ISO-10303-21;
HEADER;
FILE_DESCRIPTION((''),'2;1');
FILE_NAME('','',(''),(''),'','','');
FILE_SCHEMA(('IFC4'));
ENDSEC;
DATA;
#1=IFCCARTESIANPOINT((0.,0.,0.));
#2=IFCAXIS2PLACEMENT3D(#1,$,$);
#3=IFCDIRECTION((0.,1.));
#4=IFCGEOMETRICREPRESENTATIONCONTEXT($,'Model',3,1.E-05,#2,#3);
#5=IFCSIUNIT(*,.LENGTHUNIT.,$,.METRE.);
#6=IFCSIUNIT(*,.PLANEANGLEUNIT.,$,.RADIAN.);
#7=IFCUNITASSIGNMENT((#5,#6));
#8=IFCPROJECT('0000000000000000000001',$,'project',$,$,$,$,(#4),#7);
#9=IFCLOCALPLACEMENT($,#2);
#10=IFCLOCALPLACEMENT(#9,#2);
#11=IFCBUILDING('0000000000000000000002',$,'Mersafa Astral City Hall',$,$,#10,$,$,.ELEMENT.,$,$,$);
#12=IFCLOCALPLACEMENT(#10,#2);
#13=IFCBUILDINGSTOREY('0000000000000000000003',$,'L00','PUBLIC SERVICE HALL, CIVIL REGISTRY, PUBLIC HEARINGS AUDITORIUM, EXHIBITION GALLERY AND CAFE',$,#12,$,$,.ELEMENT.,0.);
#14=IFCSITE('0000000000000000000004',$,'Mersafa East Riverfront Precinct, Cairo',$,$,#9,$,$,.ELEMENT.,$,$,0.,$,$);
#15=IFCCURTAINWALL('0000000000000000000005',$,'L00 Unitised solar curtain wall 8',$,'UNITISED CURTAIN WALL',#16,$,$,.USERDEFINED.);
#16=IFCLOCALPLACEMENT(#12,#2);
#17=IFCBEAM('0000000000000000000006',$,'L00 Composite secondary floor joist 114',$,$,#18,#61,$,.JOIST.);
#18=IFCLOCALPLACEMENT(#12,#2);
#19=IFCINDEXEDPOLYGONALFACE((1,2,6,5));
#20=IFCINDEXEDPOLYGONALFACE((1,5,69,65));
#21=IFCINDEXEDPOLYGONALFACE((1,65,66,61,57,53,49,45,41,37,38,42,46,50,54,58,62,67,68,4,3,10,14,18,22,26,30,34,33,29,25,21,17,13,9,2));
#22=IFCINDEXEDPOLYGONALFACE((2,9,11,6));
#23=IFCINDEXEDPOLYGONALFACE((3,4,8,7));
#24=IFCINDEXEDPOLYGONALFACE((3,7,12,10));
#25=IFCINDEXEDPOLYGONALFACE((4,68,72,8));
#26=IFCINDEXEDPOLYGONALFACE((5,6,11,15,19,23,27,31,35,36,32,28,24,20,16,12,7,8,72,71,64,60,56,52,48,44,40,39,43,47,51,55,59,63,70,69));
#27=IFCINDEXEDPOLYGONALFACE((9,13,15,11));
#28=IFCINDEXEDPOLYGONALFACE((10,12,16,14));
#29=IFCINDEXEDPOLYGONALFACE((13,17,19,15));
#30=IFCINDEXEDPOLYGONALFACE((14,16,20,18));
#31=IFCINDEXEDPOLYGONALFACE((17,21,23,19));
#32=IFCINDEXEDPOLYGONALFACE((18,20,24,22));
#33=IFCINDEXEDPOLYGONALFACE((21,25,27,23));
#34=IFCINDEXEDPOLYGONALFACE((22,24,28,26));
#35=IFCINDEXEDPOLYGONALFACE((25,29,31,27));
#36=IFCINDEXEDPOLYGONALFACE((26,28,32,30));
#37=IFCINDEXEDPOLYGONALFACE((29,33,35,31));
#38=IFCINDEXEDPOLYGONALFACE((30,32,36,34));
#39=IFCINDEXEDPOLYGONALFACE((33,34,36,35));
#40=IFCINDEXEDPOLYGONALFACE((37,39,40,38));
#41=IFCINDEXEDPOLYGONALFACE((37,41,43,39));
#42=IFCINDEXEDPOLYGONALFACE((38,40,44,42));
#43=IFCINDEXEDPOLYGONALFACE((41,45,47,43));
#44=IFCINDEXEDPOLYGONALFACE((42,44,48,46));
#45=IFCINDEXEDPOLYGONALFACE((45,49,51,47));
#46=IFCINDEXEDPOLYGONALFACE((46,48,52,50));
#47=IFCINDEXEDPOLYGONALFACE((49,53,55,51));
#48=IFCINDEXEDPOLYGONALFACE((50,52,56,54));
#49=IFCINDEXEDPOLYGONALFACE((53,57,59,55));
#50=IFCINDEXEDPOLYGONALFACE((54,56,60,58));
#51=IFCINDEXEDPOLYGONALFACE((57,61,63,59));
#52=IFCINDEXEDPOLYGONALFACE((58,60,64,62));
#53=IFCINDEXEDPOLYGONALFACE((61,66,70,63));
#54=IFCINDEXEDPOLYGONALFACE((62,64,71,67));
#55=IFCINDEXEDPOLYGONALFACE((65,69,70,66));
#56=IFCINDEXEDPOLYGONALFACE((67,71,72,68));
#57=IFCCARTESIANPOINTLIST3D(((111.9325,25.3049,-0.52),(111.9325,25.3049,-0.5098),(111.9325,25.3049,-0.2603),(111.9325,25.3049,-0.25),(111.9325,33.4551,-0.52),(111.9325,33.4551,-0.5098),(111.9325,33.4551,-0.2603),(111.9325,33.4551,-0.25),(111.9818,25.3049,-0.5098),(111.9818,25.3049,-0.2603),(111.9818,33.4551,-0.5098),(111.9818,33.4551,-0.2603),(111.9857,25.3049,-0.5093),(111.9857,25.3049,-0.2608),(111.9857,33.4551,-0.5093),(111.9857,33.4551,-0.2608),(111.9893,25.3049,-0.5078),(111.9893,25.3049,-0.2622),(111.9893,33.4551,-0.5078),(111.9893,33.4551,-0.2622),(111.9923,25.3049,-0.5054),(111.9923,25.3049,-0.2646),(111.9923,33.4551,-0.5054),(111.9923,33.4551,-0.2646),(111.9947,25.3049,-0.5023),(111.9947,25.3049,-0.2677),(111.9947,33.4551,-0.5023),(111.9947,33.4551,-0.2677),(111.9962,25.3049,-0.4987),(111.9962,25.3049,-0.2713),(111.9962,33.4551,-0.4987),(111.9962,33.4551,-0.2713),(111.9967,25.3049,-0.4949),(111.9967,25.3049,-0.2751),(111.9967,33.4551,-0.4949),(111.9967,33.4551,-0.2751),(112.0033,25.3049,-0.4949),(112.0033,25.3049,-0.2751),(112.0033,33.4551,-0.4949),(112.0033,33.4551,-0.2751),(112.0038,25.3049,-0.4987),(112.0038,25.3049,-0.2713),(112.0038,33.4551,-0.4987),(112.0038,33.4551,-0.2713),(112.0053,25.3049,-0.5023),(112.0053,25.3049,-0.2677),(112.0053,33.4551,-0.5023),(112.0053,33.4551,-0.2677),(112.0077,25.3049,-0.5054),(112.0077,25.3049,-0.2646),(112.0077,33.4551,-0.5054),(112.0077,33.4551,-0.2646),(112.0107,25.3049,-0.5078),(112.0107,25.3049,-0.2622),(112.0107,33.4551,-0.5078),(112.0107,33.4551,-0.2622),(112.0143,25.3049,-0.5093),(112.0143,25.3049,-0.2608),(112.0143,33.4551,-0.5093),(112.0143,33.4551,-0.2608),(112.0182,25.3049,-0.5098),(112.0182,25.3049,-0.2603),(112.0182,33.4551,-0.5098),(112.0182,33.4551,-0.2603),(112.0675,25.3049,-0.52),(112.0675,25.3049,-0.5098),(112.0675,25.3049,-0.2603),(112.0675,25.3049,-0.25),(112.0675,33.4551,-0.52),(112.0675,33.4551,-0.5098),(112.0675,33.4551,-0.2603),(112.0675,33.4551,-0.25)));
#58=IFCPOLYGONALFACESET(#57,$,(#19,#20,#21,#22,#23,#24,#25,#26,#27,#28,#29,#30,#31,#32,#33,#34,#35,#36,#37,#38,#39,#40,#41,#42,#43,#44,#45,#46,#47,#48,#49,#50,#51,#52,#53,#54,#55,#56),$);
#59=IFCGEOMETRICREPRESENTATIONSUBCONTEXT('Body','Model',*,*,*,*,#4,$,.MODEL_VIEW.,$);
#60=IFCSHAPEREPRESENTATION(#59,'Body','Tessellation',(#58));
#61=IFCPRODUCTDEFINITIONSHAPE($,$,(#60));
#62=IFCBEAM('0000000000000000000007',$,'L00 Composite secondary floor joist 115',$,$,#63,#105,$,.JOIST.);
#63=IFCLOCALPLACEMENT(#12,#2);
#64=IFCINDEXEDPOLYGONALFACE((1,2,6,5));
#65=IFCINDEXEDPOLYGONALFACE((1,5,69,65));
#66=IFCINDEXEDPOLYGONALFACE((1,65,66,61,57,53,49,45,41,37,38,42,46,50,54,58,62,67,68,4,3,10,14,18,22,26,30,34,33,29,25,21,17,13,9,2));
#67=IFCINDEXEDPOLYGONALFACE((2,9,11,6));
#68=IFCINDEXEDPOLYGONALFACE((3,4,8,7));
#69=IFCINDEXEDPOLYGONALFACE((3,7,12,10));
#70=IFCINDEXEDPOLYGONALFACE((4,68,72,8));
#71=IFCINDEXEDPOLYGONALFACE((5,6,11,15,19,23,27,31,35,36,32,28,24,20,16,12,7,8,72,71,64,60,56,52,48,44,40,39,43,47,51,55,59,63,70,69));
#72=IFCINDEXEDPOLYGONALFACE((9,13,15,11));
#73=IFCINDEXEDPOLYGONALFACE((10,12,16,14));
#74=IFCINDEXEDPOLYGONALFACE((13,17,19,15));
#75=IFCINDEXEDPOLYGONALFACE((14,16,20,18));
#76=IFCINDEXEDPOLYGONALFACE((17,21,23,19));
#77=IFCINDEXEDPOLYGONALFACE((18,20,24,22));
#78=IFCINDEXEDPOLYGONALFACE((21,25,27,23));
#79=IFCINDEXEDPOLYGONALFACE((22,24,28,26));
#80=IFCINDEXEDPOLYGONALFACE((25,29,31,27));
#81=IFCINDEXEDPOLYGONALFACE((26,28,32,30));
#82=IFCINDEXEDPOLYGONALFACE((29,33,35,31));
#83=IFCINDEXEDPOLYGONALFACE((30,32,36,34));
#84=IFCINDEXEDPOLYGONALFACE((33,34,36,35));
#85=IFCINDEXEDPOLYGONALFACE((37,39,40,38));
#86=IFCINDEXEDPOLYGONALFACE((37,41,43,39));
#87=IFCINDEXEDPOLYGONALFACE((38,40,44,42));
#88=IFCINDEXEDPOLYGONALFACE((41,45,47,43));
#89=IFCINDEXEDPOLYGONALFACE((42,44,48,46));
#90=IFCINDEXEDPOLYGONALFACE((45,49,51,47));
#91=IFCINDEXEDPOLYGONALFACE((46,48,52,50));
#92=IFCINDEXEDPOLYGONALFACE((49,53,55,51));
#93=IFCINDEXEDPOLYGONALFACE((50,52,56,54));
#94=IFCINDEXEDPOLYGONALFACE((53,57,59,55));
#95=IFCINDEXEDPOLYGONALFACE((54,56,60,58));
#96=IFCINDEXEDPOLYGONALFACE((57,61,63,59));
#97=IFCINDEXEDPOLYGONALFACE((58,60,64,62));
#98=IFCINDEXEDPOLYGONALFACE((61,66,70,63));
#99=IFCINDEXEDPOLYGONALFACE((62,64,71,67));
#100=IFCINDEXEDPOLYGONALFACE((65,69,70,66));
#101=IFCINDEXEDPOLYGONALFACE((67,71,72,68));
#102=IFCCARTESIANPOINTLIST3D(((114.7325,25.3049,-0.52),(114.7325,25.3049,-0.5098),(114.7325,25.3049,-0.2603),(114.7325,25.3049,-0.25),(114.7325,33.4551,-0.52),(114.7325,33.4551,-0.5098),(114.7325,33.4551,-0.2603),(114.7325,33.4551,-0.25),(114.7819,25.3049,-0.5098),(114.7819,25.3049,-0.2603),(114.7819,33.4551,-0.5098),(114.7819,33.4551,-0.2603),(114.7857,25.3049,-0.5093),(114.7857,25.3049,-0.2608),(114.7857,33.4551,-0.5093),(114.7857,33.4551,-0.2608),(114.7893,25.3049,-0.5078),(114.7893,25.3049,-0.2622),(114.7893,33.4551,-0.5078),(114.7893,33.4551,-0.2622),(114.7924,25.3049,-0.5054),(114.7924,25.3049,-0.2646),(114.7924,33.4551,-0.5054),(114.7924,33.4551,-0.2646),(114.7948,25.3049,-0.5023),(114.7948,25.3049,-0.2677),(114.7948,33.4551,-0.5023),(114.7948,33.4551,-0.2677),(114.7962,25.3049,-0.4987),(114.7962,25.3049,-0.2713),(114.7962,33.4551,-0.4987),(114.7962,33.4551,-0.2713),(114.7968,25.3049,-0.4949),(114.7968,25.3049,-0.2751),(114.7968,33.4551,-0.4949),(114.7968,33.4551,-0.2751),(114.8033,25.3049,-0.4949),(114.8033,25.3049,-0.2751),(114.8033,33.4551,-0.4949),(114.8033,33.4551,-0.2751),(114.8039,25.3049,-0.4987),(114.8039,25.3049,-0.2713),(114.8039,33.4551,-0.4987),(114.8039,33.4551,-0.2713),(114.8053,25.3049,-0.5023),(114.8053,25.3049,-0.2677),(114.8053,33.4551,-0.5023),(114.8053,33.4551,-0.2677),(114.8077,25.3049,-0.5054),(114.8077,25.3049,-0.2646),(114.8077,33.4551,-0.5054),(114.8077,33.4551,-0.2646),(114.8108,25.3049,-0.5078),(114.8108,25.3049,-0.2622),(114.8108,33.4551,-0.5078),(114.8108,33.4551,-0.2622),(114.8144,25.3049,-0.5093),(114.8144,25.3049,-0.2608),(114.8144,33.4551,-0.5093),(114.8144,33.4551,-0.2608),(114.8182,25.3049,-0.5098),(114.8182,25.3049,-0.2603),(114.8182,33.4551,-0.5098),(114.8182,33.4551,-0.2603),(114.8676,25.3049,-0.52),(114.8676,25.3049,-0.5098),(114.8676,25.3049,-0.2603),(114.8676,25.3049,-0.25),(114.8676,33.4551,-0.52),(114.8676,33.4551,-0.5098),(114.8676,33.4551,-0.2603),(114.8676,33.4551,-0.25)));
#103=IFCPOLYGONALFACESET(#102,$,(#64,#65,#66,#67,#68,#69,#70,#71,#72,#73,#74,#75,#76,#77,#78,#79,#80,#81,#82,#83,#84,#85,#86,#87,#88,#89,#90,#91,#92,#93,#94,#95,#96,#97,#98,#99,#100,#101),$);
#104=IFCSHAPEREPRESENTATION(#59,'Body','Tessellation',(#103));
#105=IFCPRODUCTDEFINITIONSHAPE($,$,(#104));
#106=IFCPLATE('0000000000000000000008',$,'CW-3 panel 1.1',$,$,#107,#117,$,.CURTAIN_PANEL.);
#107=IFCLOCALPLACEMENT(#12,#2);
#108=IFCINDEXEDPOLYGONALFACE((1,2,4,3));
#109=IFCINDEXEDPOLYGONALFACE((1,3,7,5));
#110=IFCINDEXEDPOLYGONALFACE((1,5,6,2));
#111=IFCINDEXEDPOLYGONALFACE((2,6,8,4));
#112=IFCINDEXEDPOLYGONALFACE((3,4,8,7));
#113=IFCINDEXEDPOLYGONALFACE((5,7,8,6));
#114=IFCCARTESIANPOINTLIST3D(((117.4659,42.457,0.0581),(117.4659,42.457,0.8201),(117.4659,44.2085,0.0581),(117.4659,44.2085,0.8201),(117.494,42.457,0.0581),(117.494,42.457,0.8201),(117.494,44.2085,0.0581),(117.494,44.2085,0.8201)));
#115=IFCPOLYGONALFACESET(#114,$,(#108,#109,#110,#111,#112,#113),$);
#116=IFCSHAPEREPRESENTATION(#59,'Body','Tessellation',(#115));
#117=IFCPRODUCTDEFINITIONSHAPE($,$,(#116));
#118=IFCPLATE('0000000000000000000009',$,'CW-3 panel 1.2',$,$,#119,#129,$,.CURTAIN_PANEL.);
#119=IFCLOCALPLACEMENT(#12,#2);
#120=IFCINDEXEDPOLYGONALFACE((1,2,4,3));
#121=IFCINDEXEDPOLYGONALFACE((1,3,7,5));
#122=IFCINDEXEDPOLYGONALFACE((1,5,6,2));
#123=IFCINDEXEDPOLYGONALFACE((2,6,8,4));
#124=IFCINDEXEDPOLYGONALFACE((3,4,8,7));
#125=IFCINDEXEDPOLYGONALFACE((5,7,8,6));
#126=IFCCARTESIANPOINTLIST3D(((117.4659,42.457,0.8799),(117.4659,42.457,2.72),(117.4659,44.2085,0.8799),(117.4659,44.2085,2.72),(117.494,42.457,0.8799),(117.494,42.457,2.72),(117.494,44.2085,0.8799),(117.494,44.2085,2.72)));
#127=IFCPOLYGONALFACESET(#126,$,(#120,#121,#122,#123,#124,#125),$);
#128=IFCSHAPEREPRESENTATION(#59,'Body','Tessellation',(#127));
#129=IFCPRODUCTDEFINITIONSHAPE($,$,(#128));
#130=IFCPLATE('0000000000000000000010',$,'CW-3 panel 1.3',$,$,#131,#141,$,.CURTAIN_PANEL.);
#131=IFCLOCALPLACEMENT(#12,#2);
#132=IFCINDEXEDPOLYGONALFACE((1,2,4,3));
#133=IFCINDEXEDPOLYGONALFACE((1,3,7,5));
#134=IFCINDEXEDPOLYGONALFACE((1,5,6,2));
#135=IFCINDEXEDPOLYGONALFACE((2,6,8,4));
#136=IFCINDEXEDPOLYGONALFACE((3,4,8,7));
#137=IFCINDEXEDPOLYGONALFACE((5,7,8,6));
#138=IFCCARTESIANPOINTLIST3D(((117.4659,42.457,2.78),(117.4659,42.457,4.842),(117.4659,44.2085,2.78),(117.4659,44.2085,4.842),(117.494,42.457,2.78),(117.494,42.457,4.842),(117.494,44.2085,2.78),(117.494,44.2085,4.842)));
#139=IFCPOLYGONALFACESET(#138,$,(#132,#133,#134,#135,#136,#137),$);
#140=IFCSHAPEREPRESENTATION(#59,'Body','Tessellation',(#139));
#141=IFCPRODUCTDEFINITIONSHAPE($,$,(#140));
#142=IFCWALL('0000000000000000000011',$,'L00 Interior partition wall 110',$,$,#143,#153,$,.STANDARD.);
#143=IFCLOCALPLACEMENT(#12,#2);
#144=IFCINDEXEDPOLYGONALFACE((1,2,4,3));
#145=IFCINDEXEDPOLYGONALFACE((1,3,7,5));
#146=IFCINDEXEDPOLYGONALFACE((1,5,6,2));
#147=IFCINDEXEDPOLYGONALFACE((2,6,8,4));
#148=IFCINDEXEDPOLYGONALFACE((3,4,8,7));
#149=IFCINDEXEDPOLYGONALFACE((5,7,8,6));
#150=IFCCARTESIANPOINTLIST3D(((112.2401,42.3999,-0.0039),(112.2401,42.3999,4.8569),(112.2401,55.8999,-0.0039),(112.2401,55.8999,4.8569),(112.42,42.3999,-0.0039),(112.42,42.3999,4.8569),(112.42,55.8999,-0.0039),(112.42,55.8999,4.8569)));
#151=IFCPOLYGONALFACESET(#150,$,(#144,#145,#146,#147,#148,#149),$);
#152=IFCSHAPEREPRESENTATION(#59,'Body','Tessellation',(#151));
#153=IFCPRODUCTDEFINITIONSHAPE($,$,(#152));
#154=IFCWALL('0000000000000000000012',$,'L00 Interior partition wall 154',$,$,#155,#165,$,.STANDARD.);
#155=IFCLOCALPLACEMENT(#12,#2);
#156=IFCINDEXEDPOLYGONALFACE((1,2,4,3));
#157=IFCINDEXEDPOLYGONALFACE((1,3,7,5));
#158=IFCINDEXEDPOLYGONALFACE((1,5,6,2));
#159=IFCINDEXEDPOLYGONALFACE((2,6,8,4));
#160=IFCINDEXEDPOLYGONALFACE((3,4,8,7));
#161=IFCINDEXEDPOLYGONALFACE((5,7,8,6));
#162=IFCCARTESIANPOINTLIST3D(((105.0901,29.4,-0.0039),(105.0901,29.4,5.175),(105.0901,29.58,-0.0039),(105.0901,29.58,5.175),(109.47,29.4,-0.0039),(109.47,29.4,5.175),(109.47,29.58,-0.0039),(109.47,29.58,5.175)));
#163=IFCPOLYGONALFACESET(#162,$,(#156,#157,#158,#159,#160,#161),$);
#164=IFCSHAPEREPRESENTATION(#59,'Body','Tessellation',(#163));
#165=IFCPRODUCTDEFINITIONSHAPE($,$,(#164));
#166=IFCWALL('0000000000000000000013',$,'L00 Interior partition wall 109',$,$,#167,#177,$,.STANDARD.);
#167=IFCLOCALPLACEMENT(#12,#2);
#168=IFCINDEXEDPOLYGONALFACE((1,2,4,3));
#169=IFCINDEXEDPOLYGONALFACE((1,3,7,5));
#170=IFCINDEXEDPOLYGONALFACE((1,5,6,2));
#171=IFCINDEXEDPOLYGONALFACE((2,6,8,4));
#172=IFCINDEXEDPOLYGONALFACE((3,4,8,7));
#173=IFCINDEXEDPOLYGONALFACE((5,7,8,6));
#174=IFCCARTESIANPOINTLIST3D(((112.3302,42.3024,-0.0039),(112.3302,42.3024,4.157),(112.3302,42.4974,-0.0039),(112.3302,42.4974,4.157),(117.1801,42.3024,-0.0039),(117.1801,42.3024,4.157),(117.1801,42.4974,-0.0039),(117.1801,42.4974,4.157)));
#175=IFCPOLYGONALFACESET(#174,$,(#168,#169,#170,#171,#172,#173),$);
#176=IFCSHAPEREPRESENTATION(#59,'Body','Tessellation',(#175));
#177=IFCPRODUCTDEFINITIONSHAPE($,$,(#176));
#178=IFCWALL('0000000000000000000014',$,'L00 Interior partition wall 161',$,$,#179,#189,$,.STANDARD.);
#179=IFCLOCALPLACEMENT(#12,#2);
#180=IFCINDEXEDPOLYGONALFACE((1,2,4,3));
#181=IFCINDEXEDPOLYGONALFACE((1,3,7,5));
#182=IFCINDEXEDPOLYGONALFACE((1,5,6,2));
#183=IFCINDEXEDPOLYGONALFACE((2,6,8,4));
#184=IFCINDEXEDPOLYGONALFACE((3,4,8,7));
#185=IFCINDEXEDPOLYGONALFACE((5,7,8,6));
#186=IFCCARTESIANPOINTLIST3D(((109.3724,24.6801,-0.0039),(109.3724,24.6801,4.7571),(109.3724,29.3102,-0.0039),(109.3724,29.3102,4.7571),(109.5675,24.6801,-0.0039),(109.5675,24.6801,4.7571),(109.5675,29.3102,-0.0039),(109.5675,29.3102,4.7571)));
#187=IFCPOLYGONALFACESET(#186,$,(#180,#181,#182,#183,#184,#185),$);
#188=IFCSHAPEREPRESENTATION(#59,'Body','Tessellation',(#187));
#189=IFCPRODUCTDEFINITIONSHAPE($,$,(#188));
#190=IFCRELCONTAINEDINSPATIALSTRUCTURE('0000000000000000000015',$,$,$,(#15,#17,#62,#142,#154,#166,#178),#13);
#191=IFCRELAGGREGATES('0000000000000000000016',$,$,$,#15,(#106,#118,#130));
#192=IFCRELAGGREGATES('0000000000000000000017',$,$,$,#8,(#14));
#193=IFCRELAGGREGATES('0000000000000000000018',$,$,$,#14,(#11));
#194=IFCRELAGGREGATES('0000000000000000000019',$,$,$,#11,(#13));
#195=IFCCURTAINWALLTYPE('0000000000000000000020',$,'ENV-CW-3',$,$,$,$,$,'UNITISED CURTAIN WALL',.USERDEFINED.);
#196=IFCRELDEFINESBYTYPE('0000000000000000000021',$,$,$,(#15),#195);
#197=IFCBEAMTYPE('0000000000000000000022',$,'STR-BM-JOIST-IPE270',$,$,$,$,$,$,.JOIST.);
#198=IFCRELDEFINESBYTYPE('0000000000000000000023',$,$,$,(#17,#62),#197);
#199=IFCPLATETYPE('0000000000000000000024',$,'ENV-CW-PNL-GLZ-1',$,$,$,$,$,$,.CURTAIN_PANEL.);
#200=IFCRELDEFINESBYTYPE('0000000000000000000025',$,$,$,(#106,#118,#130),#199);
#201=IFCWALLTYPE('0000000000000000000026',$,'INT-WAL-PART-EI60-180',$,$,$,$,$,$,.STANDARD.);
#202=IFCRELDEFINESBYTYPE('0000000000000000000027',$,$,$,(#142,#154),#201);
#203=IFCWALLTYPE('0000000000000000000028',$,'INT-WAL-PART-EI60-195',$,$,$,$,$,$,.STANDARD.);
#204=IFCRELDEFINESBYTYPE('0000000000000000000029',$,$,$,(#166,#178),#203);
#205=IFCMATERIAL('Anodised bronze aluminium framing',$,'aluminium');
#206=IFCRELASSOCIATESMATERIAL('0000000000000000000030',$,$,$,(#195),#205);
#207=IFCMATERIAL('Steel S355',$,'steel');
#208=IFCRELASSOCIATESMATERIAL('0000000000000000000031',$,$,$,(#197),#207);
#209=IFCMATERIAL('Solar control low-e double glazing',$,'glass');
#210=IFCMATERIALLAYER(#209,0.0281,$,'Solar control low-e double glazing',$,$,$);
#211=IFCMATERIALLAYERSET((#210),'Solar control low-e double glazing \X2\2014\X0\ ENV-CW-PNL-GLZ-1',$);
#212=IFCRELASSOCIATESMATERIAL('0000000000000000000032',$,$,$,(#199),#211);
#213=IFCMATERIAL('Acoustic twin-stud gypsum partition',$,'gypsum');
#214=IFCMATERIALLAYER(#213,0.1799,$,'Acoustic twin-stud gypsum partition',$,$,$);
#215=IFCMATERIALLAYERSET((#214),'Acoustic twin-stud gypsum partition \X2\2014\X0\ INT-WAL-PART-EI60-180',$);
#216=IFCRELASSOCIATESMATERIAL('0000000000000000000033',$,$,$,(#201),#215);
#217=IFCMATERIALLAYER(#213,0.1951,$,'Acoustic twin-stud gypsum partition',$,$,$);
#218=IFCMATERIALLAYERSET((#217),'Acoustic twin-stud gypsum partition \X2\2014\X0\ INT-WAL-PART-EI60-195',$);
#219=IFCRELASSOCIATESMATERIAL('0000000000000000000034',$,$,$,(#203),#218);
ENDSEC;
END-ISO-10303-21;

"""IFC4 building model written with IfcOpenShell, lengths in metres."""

from ifc_helpers import new_model, si_unit, direction, frame, frame_2d, origin, origin_2d, place, context, subcontext, project, spatial, rectangle, i_section, extrude, material, layer, layer_set, material_profile, profile_set, type_object, element, aggregate, save


model = new_model("IFC4")

# Units and contexts
model_context = context("Model", 3, precision=1e-05, world=origin(), true_north=direction((0.0, 1.0)))
body_context = subcontext(model_context, "Body", "Model", "MODEL_VIEW")
ifc_project = project(units=[si_unit("LENGTHUNIT", "METRE"), si_unit("PLANEANGLEUNIT", "RADIAN")], contexts=[model_context])

# Site, building, storey
site_placement = place(None, origin())
site = spatial("IfcSite", under=ifc_project, at=site_placement, Name="Mersafa East Riverfront Precinct, Cairo", CompositionType="ELEMENT", RefElevation=0.0)
building_placement = place(site_placement, origin())
building = spatial("IfcBuilding", under=site, at=building_placement, Name="Mersafa Astral City Hall", CompositionType="ELEMENT")
storey_placement = place(building_placement, origin())
storey = spatial("IfcBuildingStorey", under=building, at=storey_placement, Name="L00", Description="PUBLIC SERVICE HALL, CIVIL REGISTRY, PUBLIC HEARINGS AUDITORIUM, EXHIBITION GALLERY AND CAFE", CompositionType="ELEMENT", Elevation=0.0)

# Curtain wall
ifc_material_1 = material(Name="Anodised bronze aluminium framing", Category="aluminium")
curtain_wall_type = type_object("IfcCurtainWallType", Name="ENV-CW-3", ElementType="UNITISED CURTAIN WALL", PredefinedType="USERDEFINED", material=ifc_material_1)
curtain_wall_placement = place(storey_placement, origin())
curtain_wall = element("IfcCurtainWall", 1, at=curtain_wall_placement, inside=storey, type_object=curtain_wall_type, Name="L00 Unitised solar curtain wall 8", ObjectType="UNITISED CURTAIN WALL", PredefinedType="USERDEFINED")

# Beams
ifc_material_2 = material(Name="Steel S355", Category="steel")
ifc_material_profile_1 = material_profile(ifc_material_2, i_section(OverallWidth=0.135, OverallDepth=0.27, WebThickness=0.0066, FlangeThickness=0.0103, FilletRadius=0.0149, at=origin_2d()), Name="IPE 270")
ifc_profile_set_1 = profile_set([ifc_material_profile_1], Name="Steel S355")
beam_type_1 = type_object("IfcBeamType", Name="STR-BM-JOIST-IPE270", PredefinedType="JOIST", material=ifc_profile_set_1)
for number, where, z_axis, x_axis, name in (
    (2, (112.0, 25.3049, -0.385), (0.0, 1.0, 0.0), (-1.0, 0.0, 0.0), "L00 Composite secondary floor joist 114"),
    (3, (114.8, 25.3049, -0.385), (0.0, 1.0, 0.0), (-1.0, 0.0, 0.0), "L00 Composite secondary floor joist 115"),
):
    element("IfcBeam", number, at=place(storey_placement, frame(where, z_axis=z_axis, x_axis=x_axis)), inside=storey, type_object=beam_type_1, Name=name, PredefinedType="JOIST", context=body_context, shape_type="SweptSolid", body=[
        extrude(i_section(OverallWidth=0.135, OverallDepth=0.27, WebThickness=0.0066, FlangeThickness=0.0103, FilletRadius=0.0149, at=origin_2d()), origin(), (0.0, 0.0, 1.0), 8.1501),
    ])

# Plates
ifc_material_3 = material(Name="Solar control low-e double glazing", Category="glass")
ifc_layer_1 = layer(ifc_material_3, 0.0281, Name="Solar control low-e double glazing")
ifc_layer_set_1 = layer_set([ifc_layer_1], Name="Solar control low-e double glazing — ENV-CW-PNL-GLZ-1")
plate_type = type_object("IfcPlateType", Name="ENV-CW-PNL-GLZ-1", PredefinedType="CURTAIN_PANEL", material=ifc_layer_set_1)
plate_1_placement = place(storey_placement, frame((117.48, 43.3328, 0.0581), z_axis=(0.0, 0.0, 1.0), x_axis=(0.0, 1.0, 0.0)))
plate_1 = element("IfcPlate", 4, at=plate_1_placement, type_object=plate_type, Name="CW-3 panel 1.1", PredefinedType="CURTAIN_PANEL", context=body_context, shape_type="SweptSolid", body=[
    extrude(rectangle(XDim=1.7515, YDim=0.0281, at=origin_2d()), origin(), (0.0, 0.0, 1.0), 0.762),
])
plate_2_placement = place(storey_placement, frame((117.48, 43.3328, 0.8799), z_axis=(0.0, 0.0, 1.0), x_axis=(0.0, 1.0, 0.0)))
plate_2 = element("IfcPlate", 5, at=plate_2_placement, type_object=plate_type, Name="CW-3 panel 1.2", PredefinedType="CURTAIN_PANEL", context=body_context, shape_type="SweptSolid", body=[
    extrude(rectangle(XDim=1.7515, YDim=0.0281, at=origin_2d()), origin(), (0.0, 0.0, 1.0), 1.8401),
])
plate_3_placement = place(storey_placement, frame((117.48, 43.3328, 2.78), z_axis=(0.0, 0.0, 1.0), x_axis=(0.0, 1.0, 0.0)))
plate_3 = element("IfcPlate", 6, at=plate_3_placement, type_object=plate_type, Name="CW-3 panel 1.3", PredefinedType="CURTAIN_PANEL", context=body_context, shape_type="SweptSolid", body=[
    extrude(rectangle(XDim=1.7515, YDim=0.0281, at=origin_2d()), origin(), (0.0, 0.0, 1.0), 2.062),
])
aggregate(curtain_wall, [plate_1, plate_2, plate_3])

# Walls
ifc_material_4 = material(Name="Acoustic twin-stud gypsum partition", Category="gypsum")
ifc_layer_2 = layer(ifc_material_4, 0.1799, Name="Acoustic twin-stud gypsum partition")
ifc_layer_set_2 = layer_set([ifc_layer_2], Name="Acoustic twin-stud gypsum partition — INT-WAL-PART-EI60-180")
wall_type_1 = type_object("IfcWallType", Name="INT-WAL-PART-EI60-180", PredefinedType="STANDARD", material=ifc_layer_set_2)
wall_1_placement = place(storey_placement, frame((112.3301, 42.3999, -0.0039), z_axis=(0.0, 0.0, 1.0), x_axis=(0.0, 1.0, 0.0)))
element("IfcWall", 7, at=wall_1_placement, inside=storey, type_object=wall_type_1, Name="L00 Interior partition wall 110", PredefinedType="STANDARD", context=body_context, shape_type="SweptSolid", body=[
    extrude(rectangle(XDim=13.5, YDim=0.1799, at=frame_2d((6.75, 0.0))), origin(), (0.0, 0.0, 1.0), 4.8608),
])
wall_2_placement = place(storey_placement, frame((109.47, 29.49, -0.0039), z_axis=(0.0, 0.0, 1.0), x_axis=(-1.0, 0.0, 0.0)))
element("IfcWall", 8, at=wall_2_placement, inside=storey, type_object=wall_type_1, Name="L00 Interior partition wall 154", PredefinedType="STANDARD", context=body_context, shape_type="SweptSolid", body=[
    extrude(rectangle(XDim=4.3799, YDim=0.1799, at=frame_2d((2.1899, 0.0))), origin(), (0.0, 0.0, 1.0), 5.179),
])
ifc_layer_3 = layer(ifc_material_4, 0.1951, Name="Acoustic twin-stud gypsum partition")
ifc_layer_set_3 = layer_set([ifc_layer_3], Name="Acoustic twin-stud gypsum partition — INT-WAL-PART-EI60-195")
wall_type_2 = type_object("IfcWallType", Name="INT-WAL-PART-EI60-195", PredefinedType="STANDARD", material=ifc_layer_set_3)
wall_3_placement = place(storey_placement, frame((117.1799, 42.3999, -0.0039), z_axis=(0.0, 0.0, 1.0), x_axis=(-1.0, 0.0, 0.0)))
element("IfcWall", 9, at=wall_3_placement, inside=storey, type_object=wall_type_2, Name="L00 Interior partition wall 109", PredefinedType="STANDARD", context=body_context, shape_type="SweptSolid", body=[
    extrude(rectangle(XDim=4.8499, YDim=0.1951, at=frame_2d((2.4248, 0.0))), origin(), (0.0, 0.0, 1.0), 4.1609),
])
wall_4_placement = place(storey_placement, frame((109.47, 29.3101, -0.0039), z_axis=(0.0, 0.0, 1.0), x_axis=(0.0, -1.0, 0.0)))
element("IfcWall", 10, at=wall_4_placement, inside=storey, type_object=wall_type_2, Name="L00 Interior partition wall 161", PredefinedType="STANDARD", context=body_context, shape_type="SweptSolid", body=[
    extrude(rectangle(XDim=4.6301, YDim=0.1951, at=frame_2d((2.3149, 0.0))), origin(), (0.0, 0.0, 1.0), 4.761),
])

save(model, "model.ifc")
